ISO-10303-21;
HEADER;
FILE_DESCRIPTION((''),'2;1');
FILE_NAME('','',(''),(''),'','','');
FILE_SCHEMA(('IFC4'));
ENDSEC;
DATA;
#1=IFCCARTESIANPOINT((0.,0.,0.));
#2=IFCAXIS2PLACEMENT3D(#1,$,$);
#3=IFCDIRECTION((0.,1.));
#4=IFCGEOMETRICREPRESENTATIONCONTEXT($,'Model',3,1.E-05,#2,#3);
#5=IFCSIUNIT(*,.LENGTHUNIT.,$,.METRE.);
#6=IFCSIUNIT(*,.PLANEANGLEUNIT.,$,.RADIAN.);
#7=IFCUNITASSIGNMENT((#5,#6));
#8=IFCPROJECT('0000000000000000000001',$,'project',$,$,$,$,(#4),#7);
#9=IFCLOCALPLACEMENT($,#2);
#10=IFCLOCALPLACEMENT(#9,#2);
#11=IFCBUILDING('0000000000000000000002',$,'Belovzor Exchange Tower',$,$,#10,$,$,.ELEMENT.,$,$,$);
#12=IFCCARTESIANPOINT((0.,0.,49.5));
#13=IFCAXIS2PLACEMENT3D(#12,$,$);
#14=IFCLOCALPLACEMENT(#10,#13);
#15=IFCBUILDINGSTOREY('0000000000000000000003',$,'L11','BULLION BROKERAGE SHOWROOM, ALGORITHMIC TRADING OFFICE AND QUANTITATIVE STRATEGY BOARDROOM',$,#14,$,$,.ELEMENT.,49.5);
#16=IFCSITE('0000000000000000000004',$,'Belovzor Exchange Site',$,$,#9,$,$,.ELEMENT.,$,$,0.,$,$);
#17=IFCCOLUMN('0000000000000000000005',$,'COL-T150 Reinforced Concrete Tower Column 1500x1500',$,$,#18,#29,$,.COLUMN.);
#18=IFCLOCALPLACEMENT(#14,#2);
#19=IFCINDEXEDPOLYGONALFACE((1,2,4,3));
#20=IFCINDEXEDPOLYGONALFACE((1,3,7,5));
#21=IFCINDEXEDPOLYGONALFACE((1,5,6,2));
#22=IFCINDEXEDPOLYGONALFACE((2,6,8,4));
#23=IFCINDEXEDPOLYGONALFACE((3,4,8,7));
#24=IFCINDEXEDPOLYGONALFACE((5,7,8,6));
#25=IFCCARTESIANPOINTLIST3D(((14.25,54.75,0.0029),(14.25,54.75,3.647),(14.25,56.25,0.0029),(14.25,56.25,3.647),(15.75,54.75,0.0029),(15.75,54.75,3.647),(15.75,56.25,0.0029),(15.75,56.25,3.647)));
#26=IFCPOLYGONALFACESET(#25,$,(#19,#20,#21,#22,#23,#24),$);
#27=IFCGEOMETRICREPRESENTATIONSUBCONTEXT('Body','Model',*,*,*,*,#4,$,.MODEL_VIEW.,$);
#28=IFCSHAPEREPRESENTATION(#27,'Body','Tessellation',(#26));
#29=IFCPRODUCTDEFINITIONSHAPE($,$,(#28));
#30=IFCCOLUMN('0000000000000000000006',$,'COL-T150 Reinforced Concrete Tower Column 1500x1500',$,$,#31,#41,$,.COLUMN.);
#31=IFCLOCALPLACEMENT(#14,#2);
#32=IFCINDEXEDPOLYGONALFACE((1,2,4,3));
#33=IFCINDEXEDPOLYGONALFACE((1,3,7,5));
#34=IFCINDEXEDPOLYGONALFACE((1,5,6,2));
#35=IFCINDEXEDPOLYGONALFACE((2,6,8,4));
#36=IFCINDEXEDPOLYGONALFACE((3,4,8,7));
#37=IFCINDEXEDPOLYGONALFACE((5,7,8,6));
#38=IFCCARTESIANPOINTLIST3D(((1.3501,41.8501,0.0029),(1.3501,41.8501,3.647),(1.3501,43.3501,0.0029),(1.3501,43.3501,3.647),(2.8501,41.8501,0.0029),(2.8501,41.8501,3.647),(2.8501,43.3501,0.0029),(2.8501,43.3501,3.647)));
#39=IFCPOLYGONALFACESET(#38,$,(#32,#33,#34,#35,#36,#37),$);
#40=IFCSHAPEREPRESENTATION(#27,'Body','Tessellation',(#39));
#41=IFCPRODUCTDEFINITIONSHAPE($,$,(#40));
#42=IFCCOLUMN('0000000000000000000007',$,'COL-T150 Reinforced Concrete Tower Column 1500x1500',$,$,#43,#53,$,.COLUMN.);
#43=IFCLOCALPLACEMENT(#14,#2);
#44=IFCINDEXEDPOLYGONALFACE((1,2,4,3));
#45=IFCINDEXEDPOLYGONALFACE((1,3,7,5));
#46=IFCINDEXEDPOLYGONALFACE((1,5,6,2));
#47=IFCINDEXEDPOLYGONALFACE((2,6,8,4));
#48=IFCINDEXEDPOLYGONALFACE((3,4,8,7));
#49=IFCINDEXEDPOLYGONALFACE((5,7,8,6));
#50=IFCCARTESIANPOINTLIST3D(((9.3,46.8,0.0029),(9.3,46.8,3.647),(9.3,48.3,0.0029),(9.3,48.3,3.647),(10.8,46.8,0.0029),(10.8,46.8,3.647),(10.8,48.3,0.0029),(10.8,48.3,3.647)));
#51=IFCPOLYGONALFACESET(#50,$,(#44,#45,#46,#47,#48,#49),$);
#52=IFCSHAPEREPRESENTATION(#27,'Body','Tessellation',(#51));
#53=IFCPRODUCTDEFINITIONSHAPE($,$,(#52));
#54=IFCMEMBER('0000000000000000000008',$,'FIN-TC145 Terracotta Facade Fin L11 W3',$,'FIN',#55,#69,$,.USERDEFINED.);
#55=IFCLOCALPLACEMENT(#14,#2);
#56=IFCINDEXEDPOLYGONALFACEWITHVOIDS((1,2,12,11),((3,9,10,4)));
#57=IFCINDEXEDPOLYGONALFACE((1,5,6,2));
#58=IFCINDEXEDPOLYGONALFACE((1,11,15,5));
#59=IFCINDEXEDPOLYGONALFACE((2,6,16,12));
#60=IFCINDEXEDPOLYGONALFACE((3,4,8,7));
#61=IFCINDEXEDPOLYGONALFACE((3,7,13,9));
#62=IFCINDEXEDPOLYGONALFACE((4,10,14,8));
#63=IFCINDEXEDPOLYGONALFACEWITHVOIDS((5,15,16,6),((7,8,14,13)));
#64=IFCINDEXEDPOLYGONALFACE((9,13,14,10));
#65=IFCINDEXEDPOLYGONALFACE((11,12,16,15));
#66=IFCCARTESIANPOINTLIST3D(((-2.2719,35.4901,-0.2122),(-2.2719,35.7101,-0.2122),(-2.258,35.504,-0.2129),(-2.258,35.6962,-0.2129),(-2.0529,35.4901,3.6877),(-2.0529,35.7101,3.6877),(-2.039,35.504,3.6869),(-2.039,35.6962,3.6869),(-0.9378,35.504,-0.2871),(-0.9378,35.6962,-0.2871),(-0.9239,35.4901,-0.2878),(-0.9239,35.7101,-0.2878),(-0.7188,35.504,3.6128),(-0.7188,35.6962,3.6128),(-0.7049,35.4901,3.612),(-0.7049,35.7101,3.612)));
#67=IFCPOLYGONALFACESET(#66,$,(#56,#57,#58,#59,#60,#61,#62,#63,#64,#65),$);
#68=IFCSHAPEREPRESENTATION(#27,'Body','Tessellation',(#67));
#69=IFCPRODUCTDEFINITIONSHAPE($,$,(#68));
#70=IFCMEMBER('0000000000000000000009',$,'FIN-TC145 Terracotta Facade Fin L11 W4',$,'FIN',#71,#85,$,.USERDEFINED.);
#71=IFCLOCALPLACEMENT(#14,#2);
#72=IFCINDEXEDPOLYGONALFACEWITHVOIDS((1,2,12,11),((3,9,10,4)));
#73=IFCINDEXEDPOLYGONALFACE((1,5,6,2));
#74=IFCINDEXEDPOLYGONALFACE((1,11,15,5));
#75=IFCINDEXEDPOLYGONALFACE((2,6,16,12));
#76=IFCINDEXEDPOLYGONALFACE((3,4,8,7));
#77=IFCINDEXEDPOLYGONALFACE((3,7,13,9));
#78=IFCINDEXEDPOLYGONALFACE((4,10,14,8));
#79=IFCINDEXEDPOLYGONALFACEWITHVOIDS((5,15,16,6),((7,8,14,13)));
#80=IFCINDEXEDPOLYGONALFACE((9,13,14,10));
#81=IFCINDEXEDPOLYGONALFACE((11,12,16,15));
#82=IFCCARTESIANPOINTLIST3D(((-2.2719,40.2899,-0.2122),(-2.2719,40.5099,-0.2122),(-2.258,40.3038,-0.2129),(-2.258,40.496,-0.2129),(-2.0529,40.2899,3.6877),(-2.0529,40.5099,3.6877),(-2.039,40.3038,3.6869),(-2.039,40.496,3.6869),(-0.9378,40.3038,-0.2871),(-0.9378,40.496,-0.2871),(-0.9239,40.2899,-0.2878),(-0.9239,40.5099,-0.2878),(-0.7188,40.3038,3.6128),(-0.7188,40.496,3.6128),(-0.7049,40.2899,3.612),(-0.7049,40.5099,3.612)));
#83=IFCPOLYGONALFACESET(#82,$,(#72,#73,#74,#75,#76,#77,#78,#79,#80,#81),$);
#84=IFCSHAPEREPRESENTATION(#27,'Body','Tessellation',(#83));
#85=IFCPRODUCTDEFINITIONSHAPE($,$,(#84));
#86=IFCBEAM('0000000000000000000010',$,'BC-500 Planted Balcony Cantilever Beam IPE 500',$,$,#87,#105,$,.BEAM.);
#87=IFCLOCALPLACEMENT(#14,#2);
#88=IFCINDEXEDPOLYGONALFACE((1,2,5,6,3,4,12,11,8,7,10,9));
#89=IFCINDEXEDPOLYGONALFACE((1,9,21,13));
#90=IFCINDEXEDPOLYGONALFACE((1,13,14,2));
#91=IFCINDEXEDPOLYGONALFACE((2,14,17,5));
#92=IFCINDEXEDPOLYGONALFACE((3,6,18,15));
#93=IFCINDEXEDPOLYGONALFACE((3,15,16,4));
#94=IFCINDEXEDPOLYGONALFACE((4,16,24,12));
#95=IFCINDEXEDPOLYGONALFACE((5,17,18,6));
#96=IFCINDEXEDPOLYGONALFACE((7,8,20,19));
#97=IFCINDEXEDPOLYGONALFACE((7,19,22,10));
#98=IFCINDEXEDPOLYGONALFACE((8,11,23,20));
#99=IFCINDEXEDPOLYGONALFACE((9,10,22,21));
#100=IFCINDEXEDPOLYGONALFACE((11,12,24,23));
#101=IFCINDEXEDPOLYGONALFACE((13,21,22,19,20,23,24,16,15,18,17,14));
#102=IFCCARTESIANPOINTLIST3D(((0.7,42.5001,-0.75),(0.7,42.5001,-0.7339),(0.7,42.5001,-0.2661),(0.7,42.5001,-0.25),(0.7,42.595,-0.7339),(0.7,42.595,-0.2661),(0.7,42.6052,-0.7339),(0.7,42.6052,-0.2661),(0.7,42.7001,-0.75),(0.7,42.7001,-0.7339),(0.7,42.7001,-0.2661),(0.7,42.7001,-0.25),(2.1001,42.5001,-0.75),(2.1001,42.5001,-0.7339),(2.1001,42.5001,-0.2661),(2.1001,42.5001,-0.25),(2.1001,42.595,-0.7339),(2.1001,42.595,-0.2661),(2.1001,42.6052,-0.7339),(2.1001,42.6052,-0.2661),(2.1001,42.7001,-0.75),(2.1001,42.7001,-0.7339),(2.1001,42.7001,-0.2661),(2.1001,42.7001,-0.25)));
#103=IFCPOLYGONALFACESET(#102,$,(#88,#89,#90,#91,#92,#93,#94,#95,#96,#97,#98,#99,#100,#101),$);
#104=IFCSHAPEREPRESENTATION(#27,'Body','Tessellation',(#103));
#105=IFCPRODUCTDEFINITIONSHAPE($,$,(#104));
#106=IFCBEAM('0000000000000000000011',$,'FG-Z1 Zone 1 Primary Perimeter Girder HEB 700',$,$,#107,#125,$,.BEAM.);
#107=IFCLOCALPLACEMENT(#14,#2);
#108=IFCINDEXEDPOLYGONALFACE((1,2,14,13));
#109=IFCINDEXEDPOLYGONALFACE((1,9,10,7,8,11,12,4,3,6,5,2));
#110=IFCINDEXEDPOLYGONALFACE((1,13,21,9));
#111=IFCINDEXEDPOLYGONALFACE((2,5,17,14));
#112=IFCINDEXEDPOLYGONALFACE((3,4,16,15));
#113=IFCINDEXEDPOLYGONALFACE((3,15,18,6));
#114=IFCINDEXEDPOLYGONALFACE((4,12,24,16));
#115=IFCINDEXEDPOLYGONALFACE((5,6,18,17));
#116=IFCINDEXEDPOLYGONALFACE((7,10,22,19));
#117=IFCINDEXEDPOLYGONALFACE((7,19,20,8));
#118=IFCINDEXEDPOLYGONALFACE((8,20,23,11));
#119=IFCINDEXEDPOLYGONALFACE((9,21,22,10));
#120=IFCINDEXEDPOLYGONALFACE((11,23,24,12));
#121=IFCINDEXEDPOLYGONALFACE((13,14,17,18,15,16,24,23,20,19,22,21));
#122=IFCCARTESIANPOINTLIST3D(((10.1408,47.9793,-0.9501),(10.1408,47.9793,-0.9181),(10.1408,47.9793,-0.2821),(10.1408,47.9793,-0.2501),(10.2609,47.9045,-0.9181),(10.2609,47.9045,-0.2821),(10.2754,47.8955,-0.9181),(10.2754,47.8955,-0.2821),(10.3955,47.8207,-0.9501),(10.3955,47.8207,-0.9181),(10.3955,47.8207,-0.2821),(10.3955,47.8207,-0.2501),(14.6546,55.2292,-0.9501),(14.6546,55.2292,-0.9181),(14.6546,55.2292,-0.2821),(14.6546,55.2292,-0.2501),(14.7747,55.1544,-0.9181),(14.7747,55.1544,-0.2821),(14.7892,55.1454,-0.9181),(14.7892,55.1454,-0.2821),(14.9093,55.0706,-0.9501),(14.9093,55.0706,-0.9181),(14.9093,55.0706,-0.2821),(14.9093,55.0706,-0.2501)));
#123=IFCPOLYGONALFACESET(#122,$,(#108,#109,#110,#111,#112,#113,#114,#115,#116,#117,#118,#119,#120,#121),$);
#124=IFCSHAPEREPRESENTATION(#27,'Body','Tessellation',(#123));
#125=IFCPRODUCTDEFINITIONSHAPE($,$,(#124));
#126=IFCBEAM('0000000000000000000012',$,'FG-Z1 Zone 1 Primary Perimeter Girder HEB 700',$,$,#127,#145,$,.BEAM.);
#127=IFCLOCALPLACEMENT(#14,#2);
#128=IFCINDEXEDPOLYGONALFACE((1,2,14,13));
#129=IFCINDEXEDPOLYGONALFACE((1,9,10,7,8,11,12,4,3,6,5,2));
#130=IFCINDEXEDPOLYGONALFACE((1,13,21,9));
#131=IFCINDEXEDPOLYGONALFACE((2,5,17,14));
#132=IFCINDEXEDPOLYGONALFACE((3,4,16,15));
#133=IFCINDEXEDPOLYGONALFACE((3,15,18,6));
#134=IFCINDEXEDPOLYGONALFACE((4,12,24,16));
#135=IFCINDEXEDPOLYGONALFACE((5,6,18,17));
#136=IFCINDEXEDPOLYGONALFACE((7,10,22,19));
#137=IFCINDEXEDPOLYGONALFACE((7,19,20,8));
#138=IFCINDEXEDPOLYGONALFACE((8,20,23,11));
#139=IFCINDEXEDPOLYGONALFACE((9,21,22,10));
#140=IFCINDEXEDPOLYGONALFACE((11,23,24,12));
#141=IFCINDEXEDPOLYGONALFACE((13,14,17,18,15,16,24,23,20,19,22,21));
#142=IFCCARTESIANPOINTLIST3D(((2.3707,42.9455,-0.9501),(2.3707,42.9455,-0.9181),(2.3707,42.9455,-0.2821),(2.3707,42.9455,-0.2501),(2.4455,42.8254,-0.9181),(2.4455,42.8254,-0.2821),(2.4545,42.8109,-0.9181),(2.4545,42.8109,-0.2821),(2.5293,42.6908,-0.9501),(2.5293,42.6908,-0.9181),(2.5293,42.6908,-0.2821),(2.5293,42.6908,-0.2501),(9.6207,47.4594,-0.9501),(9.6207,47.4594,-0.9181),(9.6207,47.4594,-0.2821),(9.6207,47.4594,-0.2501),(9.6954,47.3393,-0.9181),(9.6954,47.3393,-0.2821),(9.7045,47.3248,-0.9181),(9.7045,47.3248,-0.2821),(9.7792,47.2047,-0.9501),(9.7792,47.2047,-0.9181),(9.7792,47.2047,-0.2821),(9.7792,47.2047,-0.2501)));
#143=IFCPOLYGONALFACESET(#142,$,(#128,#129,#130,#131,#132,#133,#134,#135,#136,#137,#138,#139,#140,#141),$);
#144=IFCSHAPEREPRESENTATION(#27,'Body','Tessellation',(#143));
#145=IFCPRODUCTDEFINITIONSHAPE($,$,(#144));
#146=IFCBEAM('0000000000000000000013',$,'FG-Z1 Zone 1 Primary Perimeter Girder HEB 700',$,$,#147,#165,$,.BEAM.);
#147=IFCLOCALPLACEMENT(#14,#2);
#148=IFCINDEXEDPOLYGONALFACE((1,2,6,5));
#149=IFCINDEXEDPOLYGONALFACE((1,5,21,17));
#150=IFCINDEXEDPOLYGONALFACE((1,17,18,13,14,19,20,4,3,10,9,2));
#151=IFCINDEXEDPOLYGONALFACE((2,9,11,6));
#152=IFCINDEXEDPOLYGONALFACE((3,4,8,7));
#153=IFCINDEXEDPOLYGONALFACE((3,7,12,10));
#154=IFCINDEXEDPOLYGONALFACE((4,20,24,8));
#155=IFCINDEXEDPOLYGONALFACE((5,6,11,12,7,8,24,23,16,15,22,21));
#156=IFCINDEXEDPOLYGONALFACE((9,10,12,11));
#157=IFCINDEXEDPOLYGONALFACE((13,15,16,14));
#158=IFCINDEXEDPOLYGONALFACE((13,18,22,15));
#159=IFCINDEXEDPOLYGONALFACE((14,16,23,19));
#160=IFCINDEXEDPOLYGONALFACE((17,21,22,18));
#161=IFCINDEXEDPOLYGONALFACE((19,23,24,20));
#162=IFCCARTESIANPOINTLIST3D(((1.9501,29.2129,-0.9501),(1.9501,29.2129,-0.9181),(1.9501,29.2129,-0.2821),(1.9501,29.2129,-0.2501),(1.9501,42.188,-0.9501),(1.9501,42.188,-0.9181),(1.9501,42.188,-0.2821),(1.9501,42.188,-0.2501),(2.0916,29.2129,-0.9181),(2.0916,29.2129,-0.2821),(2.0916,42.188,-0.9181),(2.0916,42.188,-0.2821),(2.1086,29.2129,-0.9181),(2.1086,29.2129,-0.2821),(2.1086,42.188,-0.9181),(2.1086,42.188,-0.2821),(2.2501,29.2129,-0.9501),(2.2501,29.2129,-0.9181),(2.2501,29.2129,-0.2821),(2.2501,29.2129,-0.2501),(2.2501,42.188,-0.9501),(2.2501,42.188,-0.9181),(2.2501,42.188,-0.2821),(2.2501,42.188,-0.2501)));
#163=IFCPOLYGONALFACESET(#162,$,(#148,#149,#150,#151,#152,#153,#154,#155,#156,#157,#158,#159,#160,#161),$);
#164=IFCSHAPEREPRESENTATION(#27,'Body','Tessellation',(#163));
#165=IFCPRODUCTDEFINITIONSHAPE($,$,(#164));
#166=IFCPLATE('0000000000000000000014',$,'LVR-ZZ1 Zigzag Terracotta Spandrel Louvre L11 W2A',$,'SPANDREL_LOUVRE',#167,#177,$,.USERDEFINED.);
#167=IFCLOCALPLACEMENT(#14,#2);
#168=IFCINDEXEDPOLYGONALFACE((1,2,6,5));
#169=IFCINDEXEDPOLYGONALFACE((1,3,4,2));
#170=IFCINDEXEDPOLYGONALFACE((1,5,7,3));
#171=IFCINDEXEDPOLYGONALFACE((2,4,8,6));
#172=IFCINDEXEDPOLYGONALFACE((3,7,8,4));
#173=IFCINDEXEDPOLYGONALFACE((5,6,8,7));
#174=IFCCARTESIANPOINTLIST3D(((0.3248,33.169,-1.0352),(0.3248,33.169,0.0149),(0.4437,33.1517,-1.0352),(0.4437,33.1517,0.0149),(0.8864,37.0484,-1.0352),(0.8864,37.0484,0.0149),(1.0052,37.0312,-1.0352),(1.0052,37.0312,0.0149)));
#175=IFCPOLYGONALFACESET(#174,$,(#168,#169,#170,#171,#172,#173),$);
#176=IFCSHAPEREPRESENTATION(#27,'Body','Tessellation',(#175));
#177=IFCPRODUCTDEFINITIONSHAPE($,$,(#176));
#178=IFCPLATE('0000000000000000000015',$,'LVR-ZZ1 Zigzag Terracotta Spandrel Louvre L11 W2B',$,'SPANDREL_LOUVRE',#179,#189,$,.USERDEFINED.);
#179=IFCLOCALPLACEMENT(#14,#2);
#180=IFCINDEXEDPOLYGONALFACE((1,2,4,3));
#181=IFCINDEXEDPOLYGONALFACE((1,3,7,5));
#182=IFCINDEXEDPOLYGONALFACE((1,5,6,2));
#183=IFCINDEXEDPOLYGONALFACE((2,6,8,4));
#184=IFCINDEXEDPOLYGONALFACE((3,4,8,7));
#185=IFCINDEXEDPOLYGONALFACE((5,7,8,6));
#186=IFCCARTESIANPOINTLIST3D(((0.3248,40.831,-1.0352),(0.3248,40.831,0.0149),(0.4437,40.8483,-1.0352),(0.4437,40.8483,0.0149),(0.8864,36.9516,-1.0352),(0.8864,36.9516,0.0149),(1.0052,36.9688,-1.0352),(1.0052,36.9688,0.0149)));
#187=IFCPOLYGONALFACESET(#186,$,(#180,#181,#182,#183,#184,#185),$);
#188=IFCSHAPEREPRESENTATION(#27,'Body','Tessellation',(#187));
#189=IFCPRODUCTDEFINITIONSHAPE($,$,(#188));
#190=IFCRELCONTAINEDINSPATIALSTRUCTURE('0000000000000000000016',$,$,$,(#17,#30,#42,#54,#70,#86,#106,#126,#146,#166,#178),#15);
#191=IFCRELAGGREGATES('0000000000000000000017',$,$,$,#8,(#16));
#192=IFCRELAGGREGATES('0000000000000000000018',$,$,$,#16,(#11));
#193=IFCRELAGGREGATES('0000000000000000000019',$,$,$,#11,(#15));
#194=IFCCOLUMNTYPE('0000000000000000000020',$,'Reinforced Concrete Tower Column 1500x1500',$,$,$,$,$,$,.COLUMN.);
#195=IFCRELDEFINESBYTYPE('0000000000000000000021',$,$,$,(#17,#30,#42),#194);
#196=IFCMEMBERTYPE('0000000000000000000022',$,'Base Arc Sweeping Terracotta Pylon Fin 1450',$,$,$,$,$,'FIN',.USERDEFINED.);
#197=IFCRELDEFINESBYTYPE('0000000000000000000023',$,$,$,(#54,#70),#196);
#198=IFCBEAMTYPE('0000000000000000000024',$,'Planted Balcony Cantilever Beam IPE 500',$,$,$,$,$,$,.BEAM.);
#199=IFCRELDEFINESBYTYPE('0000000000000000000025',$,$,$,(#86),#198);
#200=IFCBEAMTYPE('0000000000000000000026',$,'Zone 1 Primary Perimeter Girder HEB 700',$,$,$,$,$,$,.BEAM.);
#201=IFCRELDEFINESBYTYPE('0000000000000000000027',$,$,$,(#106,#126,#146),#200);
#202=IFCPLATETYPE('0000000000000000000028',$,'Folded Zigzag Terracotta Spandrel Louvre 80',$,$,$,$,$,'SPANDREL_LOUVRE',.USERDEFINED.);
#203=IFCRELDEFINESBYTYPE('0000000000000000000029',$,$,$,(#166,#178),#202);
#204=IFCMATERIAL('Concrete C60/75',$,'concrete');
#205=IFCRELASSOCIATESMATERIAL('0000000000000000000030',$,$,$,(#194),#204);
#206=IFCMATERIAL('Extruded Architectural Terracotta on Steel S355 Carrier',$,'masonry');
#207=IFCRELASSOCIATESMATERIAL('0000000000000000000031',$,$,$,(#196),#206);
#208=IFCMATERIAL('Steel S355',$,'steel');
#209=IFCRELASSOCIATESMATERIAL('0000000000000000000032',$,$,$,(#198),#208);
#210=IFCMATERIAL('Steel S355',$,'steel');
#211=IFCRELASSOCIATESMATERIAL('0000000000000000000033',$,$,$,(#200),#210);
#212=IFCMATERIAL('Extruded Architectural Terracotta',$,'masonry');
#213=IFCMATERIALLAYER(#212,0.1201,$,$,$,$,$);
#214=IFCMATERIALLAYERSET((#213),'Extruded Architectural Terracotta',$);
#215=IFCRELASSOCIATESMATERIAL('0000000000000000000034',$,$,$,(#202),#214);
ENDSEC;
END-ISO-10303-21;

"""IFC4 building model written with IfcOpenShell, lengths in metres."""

from ifc_helpers import new_model, si_unit, direction, frame, origin, origin_2d, place, context, subcontext, project, spatial, rectangle, hollow_rectangle, i_section, extrude, material, layer, layer_set, material_profile, profile_set, type_object, element, save


model = new_model("IFC4")

# Units and contexts
model_context = context("Model", 3, precision=1e-05, world=origin(), true_north=direction((0.0, 1.0)))
body_context = subcontext(model_context, "Body", "Model", "MODEL_VIEW")
ifc_project = project(units=[si_unit("LENGTHUNIT", "METRE"), si_unit("PLANEANGLEUNIT", "RADIAN")], contexts=[model_context])

# Site, building, storey
site_placement = place(None, origin())
site = spatial("IfcSite", under=ifc_project, at=site_placement, Name="Belovzor Exchange Site", CompositionType="ELEMENT", RefElevation=0.0)
building_placement = place(site_placement, origin())
building = spatial("IfcBuilding", under=site, at=building_placement, Name="Belovzor Exchange Tower", CompositionType="ELEMENT")
storey_placement = place(building_placement, frame((0.0, 0.0, 49.5)))
storey = spatial("IfcBuildingStorey", under=building, at=storey_placement, Name="L11", Description="BULLION BROKERAGE SHOWROOM, ALGORITHMIC TRADING OFFICE AND QUANTITATIVE STRATEGY BOARDROOM", CompositionType="ELEMENT", Elevation=49.5)

# Columns
ifc_material_1 = material(Name="Concrete C60/75", Category="concrete")
ifc_material_profile_1 = material_profile(ifc_material_1, rectangle(XDim=1.5, YDim=1.5, at=origin_2d()))
ifc_profile_set_1 = profile_set([ifc_material_profile_1], Name="Concrete C60/75")
column_type = type_object("IfcColumnType", Name="Reinforced Concrete Tower Column 1500x1500", PredefinedType="COLUMN", material=ifc_profile_set_1)
for number, where, z_axis, x_axis, name in (
    (1, (15.0, 55.5, 0.0029), (0.0, 0.0, 1.0), (1.0, 0.0, 0.0), "COL-T150 Reinforced Concrete Tower Column 1500x1500"),
    (2, (2.1001, 42.6001, 0.0029), (0.0, 0.0, 1.0), (1.0, 0.0, 0.0), "COL-T150 Reinforced Concrete Tower Column 1500x1500"),
    (3, (10.05, 47.55, 0.0029), (0.0, 0.0, 1.0), (1.0, 0.0, 0.0), "COL-T150 Reinforced Concrete Tower Column 1500x1500"),
):
    element("IfcColumn", number, at=place(storey_placement, frame(where, z_axis=z_axis, x_axis=x_axis)), inside=storey, type_object=column_type, Name=name, PredefinedType="COLUMN", context=body_context, shape_type="SweptSolid", body=[
        extrude(rectangle(XDim=1.5, YDim=1.5, at=origin_2d()), origin(), (0.0, 0.0, 1.0), 3.644),
    ])

# Members
ifc_material_2 = material(Name="Extruded Architectural Terracotta on Steel S355 Carrier", Category="masonry")
ifc_material_profile_2 = material_profile(ifc_material_2, hollow_rectangle(XDim=0.22, YDim=1.3501, WallThickness=0.0139, at=origin_2d()))
ifc_profile_set_2 = profile_set([ifc_material_profile_2], Name="Extruded Architectural Terracotta on Steel S355 Carrier")
member_type = type_object("IfcMemberType", Name="Base Arc Sweeping Terracotta Pylon Fin 1450", ElementType="FIN", PredefinedType="USERDEFINED", material=ifc_profile_set_2)
for number, where, z_axis, x_axis, name in (
    (4, (-1.5979, 35.6001, -0.25), (0.056065, 0.0, 0.998427), (0.0, 1.0, 0.0), "FIN-TC145 Terracotta Facade Fin L11 W3"),
    (5, (-1.5979, 40.3999, -0.25), (0.056065, 0.0, 0.998427), (0.0, 1.0, 0.0), "FIN-TC145 Terracotta Facade Fin L11 W4"),
):
    element("IfcMember", number, at=place(storey_placement, frame(where, z_axis=z_axis, x_axis=x_axis)), inside=storey, type_object=member_type, Name=name, ObjectType="FIN", PredefinedType="USERDEFINED", context=body_context, shape_type="SweptSolid", body=[
        extrude(hollow_rectangle(XDim=0.22, YDim=1.3501, WallThickness=0.0139, at=origin_2d()), origin(), (0.0, 0.0, 1.0), 3.906),
    ])

# Beams
ifc_material_3 = material(Name="Steel S355", Category="steel")
ifc_material_profile_3 = material_profile(ifc_material_3, i_section(OverallWidth=0.2, OverallDepth=0.5, WebThickness=0.0103, FlangeThickness=0.0161, at=origin_2d()))
ifc_profile_set_3 = profile_set([ifc_material_profile_3], Name="Steel S355")
beam_type_1 = type_object("IfcBeamType", Name="Planted Balcony Cantilever Beam IPE 500", PredefinedType="BEAM", material=ifc_profile_set_3)
beam_1_placement = place(storey_placement, frame((2.1001, 42.6001, -0.5), z_axis=(-1.0, 0.0, 0.0), x_axis=(0.0, -1.0, 0.0)))
element("IfcBeam", 6, at=beam_1_placement, inside=storey, type_object=beam_type_1, Name="BC-500 Planted Balcony Cantilever Beam IPE 500", PredefinedType="BEAM", context=body_context, shape_type="SweptSolid", body=[
    extrude(i_section(OverallWidth=0.2, OverallDepth=0.5, WebThickness=0.0103, FlangeThickness=0.0161, at=origin_2d()), origin(), (0.0, 0.0, 1.0), 1.4001),
])
ifc_material_4 = material(Name="Steel S355", Category="steel")
ifc_material_profile_4 = material_profile(ifc_material_4, i_section(OverallWidth=0.3, OverallDepth=0.7, WebThickness=0.0171, FlangeThickness=0.032, at=origin_2d()))
ifc_profile_set_4 = profile_set([ifc_material_profile_4], Name="Steel S355")
beam_type_2 = type_object("IfcBeamType", Name="Zone 1 Primary Perimeter Girder HEB 700", PredefinedType="BEAM", material=ifc_profile_set_4)
for number, where, z_axis, x_axis, name in (
    (7, (14.782, 55.1499, -0.6001), (-0.528539, -0.848909, 0.0), (0.848909, -0.528539, 0.0), "FG-Z1 Zone 1 Primary Perimeter Girder HEB 700"),
    (8, (9.7, 47.332, -0.6001), (-0.848909, -0.528539, 0.0), (0.528539, -0.848909, 0.0), "FG-Z1 Zone 1 Primary Perimeter Girder HEB 700"),
):
    element("IfcBeam", number, at=place(storey_placement, frame(where, z_axis=z_axis, x_axis=x_axis)), inside=storey, type_object=beam_type_2, Name=name, PredefinedType="BEAM", context=body_context, shape_type="SweptSolid", body=[
        extrude(i_section(OverallWidth=0.3, OverallDepth=0.7, WebThickness=0.0171, FlangeThickness=0.032, at=origin_2d()), origin(), (0.0, 0.0, 1.0), 8.5403),
    ])
beam_2_placement = place(storey_placement, frame((2.1001, 42.188, -0.6001), z_axis=(0.0, -1.0, 0.0), x_axis=(1.0, 0.0, 0.0)))
element("IfcBeam", 9, at=beam_2_placement, inside=storey, type_object=beam_type_2, Name="FG-Z1 Zone 1 Primary Perimeter Girder HEB 700", PredefinedType="BEAM", context=body_context, shape_type="SweptSolid", body=[
    extrude(i_section(OverallWidth=0.3, OverallDepth=0.7, WebThickness=0.0171, FlangeThickness=0.032, at=origin_2d()), origin(), (0.0, 0.0, 1.0), 12.9751),
])

# Plates
ifc_material_5 = material(Name="Extruded Architectural Terracotta", Category="masonry")
ifc_layer_1 = layer(ifc_material_5, 0.1201)
ifc_layer_set_1 = layer_set([ifc_layer_1], Name="Extruded Architectural Terracotta")
plate_type = type_object("IfcPlateType", Name="Folded Zigzag Terracotta Spandrel Louvre 80", ElementType="SPANDREL_LOUVRE", PredefinedType="USERDEFINED", material=ifc_layer_set_1)
for number, where, z_axis, x_axis, name in (
    (10, (0.665, 35.1001, -1.0352), (0.0, 0.0, 1.0), (0.143251, 0.989686, 0.0), "LVR-ZZ1 Zigzag Terracotta Spandrel Louvre L11 W2A"),
    (11, (0.665, 38.8999, -1.0352), (0.0, 0.0, 1.0), (-0.143251, 0.989686, 0.0), "LVR-ZZ1 Zigzag Terracotta Spandrel Louvre L11 W2B"),
):
    element("IfcPlate", number, at=place(storey_placement, frame(where, z_axis=z_axis, x_axis=x_axis)), inside=storey, type_object=plate_type, Name=name, ObjectType="SPANDREL_LOUVRE", PredefinedType="USERDEFINED", context=body_context, shape_type="SweptSolid", body=[
        extrude(rectangle(XDim=3.9199, YDim=0.1201, at=origin_2d()), origin(), (0.0, 0.0, 1.0), 1.05),
    ])

save(model, "model.ifc")
